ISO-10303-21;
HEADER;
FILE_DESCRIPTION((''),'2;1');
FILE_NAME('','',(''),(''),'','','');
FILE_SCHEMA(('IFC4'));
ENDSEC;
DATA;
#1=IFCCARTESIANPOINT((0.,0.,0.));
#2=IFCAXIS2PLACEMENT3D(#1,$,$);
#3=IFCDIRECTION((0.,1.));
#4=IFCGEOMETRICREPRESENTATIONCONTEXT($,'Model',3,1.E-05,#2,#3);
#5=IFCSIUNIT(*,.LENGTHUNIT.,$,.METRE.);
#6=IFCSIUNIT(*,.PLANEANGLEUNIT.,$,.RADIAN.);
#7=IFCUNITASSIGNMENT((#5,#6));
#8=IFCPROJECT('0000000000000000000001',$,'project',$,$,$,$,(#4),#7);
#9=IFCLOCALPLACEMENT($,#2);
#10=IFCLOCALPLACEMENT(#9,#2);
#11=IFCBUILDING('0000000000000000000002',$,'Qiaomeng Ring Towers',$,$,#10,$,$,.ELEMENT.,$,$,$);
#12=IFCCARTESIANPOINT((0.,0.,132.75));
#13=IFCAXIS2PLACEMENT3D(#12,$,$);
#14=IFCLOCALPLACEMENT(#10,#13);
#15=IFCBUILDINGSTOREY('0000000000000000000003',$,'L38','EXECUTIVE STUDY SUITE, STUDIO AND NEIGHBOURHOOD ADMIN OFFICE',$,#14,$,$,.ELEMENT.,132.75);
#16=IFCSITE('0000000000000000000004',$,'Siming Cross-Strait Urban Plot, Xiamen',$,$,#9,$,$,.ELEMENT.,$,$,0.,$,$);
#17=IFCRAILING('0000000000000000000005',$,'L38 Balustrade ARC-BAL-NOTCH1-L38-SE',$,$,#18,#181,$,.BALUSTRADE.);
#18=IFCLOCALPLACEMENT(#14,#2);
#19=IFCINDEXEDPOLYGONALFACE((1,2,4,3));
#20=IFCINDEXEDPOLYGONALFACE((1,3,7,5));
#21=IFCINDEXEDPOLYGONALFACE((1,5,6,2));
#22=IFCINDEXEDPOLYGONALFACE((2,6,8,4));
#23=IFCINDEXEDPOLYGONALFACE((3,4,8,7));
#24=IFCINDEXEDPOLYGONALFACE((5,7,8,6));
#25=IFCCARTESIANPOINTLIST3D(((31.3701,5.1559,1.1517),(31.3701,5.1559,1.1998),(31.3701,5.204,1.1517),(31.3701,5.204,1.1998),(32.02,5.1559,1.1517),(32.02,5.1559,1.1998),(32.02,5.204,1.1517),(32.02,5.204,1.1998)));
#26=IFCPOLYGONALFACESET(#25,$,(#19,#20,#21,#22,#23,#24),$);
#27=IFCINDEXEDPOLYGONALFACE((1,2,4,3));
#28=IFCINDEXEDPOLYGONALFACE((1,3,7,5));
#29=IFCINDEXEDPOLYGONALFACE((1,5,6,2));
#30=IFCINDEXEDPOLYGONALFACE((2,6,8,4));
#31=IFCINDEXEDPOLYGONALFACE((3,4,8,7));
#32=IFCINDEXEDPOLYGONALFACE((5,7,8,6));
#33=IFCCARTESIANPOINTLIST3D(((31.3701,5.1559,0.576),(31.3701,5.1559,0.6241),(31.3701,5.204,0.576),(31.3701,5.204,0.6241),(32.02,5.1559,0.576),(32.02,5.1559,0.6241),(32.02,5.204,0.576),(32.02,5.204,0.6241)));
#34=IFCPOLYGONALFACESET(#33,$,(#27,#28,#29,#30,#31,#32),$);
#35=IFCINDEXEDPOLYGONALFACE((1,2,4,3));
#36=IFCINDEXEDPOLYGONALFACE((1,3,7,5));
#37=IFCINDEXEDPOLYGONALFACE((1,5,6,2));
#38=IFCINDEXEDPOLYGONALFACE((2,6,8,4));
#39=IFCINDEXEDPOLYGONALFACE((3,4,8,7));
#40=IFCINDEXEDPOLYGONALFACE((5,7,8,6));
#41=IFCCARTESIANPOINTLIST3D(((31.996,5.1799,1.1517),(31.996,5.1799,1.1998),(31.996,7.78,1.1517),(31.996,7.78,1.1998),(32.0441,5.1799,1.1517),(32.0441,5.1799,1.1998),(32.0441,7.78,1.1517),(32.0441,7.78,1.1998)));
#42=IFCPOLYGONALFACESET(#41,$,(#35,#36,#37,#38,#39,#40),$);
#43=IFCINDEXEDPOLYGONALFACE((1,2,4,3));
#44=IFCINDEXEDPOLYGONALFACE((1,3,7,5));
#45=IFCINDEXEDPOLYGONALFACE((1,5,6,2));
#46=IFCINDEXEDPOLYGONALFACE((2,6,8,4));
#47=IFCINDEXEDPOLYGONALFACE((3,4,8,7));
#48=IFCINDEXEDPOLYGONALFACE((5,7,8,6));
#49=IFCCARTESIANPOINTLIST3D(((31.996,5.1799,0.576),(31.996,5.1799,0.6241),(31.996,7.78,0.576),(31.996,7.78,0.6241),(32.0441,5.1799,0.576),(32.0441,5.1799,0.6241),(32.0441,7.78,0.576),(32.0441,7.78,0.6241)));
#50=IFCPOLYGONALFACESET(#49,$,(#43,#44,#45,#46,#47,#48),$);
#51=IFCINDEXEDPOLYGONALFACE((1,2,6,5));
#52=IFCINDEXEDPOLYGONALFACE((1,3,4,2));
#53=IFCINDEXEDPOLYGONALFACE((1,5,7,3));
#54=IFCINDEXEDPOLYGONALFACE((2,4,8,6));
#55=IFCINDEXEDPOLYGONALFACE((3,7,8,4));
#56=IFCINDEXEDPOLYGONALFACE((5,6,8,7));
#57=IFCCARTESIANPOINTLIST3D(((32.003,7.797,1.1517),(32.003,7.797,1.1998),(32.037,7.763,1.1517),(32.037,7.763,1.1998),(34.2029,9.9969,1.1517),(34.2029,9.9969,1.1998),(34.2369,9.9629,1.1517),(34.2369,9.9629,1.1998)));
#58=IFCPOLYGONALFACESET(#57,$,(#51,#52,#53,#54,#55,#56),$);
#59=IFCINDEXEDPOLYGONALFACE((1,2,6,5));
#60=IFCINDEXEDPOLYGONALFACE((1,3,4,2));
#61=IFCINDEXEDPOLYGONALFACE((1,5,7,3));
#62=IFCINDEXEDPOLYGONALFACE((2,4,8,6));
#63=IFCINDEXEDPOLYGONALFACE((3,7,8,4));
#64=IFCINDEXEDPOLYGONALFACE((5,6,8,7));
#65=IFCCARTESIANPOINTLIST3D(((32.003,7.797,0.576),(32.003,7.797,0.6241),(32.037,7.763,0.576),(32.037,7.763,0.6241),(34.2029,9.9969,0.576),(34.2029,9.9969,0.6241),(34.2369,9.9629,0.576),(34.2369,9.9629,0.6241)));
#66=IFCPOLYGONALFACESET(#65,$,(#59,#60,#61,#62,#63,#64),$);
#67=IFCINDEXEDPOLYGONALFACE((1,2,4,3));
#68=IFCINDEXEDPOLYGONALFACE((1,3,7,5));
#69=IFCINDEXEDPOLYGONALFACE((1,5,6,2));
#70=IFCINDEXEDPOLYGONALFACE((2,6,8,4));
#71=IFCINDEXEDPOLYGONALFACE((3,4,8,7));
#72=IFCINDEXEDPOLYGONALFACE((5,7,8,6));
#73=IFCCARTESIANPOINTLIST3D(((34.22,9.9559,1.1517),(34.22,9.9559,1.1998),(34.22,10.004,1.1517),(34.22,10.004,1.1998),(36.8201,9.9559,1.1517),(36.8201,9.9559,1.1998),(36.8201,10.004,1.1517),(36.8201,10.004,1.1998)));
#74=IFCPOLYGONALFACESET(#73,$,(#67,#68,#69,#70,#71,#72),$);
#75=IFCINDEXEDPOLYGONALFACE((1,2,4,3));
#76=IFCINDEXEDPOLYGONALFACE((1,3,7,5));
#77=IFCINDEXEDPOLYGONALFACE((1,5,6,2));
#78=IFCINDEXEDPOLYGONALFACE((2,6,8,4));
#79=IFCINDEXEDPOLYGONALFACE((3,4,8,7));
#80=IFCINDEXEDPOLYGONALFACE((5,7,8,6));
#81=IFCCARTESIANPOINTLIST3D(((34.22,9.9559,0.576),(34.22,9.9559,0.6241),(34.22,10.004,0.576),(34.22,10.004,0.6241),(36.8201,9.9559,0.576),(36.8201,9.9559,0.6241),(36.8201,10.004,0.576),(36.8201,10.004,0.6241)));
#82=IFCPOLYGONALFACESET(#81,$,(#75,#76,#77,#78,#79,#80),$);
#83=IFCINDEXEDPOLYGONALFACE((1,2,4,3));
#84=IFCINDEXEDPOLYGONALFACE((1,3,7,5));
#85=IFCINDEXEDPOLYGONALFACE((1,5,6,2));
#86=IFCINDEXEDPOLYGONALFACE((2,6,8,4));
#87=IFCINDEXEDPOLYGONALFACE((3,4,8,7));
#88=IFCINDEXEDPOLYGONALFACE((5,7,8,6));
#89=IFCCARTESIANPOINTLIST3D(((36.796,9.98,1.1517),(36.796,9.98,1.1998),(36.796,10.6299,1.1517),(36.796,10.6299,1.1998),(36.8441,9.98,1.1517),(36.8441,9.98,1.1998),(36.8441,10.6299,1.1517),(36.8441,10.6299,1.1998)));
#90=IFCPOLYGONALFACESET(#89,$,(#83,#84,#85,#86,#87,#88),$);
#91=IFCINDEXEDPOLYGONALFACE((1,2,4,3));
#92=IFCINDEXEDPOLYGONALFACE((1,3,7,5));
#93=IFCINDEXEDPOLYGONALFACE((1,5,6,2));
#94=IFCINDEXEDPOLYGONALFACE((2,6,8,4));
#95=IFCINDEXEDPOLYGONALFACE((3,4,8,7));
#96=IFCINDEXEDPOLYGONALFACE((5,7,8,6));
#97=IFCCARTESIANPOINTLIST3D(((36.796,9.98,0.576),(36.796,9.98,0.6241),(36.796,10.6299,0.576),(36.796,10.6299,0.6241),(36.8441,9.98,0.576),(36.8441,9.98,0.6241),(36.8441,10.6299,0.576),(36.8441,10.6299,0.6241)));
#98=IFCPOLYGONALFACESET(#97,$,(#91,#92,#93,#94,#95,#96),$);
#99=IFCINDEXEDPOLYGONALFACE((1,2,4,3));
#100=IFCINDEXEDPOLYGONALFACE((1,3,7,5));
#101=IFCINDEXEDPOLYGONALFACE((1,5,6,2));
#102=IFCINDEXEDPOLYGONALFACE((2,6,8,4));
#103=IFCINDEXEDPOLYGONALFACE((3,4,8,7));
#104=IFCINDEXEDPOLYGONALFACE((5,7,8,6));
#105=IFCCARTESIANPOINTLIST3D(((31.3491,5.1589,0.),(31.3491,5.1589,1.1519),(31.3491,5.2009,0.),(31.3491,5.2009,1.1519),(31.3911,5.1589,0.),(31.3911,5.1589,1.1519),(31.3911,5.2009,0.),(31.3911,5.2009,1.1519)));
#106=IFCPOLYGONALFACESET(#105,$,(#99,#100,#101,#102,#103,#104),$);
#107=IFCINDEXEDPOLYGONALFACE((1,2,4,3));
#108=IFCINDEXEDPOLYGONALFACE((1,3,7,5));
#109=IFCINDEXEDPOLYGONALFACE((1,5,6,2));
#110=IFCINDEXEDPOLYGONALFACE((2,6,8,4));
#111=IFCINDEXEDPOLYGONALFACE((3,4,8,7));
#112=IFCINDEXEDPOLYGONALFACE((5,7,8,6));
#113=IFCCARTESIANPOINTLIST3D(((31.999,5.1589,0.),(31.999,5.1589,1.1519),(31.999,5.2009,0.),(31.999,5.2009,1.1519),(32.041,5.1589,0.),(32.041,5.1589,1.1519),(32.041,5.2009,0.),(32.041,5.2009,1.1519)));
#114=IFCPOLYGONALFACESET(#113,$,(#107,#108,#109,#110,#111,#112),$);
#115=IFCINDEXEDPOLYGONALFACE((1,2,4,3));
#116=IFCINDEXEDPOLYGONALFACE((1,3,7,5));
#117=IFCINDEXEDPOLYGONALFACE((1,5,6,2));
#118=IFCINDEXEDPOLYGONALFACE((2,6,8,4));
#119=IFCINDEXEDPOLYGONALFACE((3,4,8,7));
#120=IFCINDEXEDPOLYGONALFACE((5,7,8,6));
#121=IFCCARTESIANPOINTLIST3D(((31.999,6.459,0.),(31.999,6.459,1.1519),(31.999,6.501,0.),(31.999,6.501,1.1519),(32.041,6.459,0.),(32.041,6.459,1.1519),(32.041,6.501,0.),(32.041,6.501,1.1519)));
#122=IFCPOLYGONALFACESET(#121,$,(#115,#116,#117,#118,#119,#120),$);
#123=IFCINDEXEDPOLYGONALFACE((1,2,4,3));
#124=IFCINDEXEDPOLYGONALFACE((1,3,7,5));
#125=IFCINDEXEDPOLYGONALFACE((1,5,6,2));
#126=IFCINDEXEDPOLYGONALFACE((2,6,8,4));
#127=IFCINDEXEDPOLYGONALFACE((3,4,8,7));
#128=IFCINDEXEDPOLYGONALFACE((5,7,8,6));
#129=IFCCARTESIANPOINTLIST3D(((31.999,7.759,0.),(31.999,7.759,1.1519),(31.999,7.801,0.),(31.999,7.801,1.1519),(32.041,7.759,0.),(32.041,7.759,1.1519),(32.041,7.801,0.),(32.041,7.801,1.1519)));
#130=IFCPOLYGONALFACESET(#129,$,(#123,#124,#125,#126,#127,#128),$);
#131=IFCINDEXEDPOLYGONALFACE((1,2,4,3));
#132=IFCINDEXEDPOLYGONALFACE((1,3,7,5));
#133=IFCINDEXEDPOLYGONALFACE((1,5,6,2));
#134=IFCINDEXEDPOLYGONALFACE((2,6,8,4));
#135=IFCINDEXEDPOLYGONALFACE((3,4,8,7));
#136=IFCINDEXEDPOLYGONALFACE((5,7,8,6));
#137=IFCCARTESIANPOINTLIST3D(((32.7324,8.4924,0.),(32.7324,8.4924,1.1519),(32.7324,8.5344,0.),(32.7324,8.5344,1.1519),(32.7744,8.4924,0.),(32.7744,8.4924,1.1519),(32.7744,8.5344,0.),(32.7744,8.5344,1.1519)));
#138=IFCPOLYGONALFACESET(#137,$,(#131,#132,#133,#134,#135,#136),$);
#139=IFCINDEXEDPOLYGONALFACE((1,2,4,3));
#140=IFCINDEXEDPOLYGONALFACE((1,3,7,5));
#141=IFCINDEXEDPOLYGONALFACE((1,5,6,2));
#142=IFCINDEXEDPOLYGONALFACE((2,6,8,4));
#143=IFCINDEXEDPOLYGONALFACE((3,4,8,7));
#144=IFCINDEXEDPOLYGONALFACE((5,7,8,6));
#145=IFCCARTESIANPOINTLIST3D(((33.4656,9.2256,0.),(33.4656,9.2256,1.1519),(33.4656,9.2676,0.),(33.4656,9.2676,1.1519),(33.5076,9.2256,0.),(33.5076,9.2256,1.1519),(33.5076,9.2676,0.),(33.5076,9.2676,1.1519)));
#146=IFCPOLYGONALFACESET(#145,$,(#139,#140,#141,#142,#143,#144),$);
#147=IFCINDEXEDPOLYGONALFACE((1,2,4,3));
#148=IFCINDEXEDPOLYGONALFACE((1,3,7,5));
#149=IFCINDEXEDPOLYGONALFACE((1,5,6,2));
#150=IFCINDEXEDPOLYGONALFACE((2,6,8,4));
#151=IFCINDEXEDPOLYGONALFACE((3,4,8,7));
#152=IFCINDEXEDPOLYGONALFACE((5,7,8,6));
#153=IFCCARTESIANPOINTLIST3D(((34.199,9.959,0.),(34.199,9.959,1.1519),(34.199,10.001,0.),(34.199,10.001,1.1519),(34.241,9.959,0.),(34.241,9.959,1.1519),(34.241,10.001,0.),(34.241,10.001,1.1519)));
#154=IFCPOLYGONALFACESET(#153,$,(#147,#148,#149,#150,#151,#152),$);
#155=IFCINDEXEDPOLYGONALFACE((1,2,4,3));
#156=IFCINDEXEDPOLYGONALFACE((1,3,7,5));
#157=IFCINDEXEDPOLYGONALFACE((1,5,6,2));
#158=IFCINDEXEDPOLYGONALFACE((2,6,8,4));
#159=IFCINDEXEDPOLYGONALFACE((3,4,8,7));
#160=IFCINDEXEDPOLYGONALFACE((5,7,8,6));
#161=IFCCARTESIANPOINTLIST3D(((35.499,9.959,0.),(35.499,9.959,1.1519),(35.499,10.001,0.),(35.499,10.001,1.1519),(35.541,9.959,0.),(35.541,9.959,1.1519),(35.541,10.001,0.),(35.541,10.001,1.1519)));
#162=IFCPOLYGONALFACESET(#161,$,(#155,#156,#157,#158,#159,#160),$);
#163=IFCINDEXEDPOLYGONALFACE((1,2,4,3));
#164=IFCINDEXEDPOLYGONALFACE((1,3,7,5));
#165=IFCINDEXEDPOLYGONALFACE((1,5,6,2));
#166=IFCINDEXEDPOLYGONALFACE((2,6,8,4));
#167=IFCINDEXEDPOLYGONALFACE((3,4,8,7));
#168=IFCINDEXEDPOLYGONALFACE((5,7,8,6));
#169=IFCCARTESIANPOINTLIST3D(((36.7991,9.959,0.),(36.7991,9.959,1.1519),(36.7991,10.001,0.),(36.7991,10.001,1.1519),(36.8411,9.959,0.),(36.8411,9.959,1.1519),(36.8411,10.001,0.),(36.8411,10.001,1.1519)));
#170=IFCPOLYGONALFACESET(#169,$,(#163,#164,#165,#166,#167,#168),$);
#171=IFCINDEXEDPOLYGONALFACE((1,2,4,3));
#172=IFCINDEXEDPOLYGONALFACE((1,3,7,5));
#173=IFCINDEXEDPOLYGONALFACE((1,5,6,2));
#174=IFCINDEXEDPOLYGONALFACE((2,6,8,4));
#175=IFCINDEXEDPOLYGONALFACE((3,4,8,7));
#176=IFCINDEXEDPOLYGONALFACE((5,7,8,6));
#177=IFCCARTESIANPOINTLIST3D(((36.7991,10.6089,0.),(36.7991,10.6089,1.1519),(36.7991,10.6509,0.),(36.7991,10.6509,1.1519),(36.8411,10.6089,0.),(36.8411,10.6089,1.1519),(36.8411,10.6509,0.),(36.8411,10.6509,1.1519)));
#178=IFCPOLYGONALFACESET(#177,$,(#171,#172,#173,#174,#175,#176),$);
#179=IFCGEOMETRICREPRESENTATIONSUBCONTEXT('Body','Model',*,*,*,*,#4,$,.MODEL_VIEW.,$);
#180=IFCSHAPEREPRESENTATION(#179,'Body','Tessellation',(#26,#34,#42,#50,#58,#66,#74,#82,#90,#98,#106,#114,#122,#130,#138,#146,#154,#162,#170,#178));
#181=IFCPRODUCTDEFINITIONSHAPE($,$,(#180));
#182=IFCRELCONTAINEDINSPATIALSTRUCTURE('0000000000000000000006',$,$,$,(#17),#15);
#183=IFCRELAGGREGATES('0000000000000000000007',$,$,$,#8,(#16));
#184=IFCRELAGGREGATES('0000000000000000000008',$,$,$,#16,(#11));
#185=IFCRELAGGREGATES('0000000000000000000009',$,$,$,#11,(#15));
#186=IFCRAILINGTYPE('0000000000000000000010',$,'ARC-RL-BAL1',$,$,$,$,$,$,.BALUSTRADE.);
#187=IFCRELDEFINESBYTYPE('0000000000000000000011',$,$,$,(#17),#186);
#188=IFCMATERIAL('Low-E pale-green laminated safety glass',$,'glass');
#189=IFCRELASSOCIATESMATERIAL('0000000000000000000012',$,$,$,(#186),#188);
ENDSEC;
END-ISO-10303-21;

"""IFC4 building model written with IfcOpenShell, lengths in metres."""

from ifc_helpers import new_model, si_unit, direction, frame, origin, origin_2d, place, context, subcontext, project, spatial, rectangle, extrude, material, type_object, element, save


model = new_model("IFC4")

# Units and contexts
model_context = context("Model", 3, precision=1e-05, world=origin(), true_north=direction((0.0, 1.0)))
body_context = subcontext(model_context, "Body", "Model", "MODEL_VIEW")
ifc_project = project(units=[si_unit("LENGTHUNIT", "METRE"), si_unit("PLANEANGLEUNIT", "RADIAN")], contexts=[model_context])

# Site, building, storey
site_placement = place(None, origin())
site = spatial("IfcSite", under=ifc_project, at=site_placement, Name="Siming Cross-Strait Urban Plot, Xiamen", CompositionType="ELEMENT", RefElevation=0.0)
building_placement = place(site_placement, origin())
building = spatial("IfcBuilding", under=site, at=building_placement, Name="Qiaomeng Ring Towers", CompositionType="ELEMENT")
storey_placement = place(building_placement, frame((0.0, 0.0, 132.75)))
storey = spatial("IfcBuildingStorey", under=building, at=storey_placement, Name="L38", Description="EXECUTIVE STUDY SUITE, STUDIO AND NEIGHBOURHOOD ADMIN OFFICE", CompositionType="ELEMENT", Elevation=132.75)

# Railing
ifc_material_1 = material(Name="Low-E pale-green laminated safety glass", Category="glass")
railing_type = type_object("IfcRailingType", Name="ARC-RL-BAL1", PredefinedType="BALUSTRADE", material=ifc_material_1)
railing_placement = place(storey_placement, frame((31.3701, 5.1799, 0.0)))
element("IfcRailing", 1, at=railing_placement, inside=storey, type_object=railing_type, Name="L38 Balustrade ARC-BAL-NOTCH1-L38-SE", PredefinedType="BALUSTRADE", context=body_context, shape_type="SweptSolid", body=[
    extrude(rectangle(XDim=0.0481, YDim=0.0481, at=origin_2d()), frame((0.0, 0.0, 1.1758), z_axis=(1.0, 0.0, 0.0), x_axis=(0.0, 1.0, 0.0)), (0.0, 0.0, 1.0), 0.6499),
    extrude(rectangle(XDim=0.0481, YDim=0.0481, at=origin_2d()), frame((0.0, 0.0, 0.6001), z_axis=(1.0, 0.0, 0.0), x_axis=(0.0, 1.0, 0.0)), (0.0, 0.0, 1.0), 0.6499),
    extrude(rectangle(XDim=0.0481, YDim=0.0481, at=origin_2d()), frame((0.6499, 0.0, 1.1758), z_axis=(0.0, 1.0, 0.0), x_axis=(-1.0, 0.0, 0.0)), (0.0, 0.0, 1.0), 2.6001),
    extrude(rectangle(XDim=0.0481, YDim=0.0481, at=origin_2d()), frame((0.6499, 0.0, 0.6001), z_axis=(0.0, 1.0, 0.0), x_axis=(-1.0, 0.0, 0.0)), (0.0, 0.0, 1.0), 2.6001),
    extrude(rectangle(XDim=0.0481, YDim=0.0481, at=origin_2d()), frame((0.6499, 2.6001, 1.1758), z_axis=(0.707107, 0.707107, 0.0), x_axis=(-0.707107, 0.707107, 0.0)), (0.0, 0.0, 1.0), 3.1111),
    extrude(rectangle(XDim=0.0481, YDim=0.0481, at=origin_2d()), frame((0.6499, 2.6001, 0.6001), z_axis=(0.707107, 0.707107, 0.0), x_axis=(-0.707107, 0.707107, 0.0)), (0.0, 0.0, 1.0), 3.1111),
    extrude(rectangle(XDim=0.0481, YDim=0.0481, at=origin_2d()), frame((2.8499, 4.8, 1.1758), z_axis=(1.0, 0.0, 0.0), x_axis=(0.0, 1.0, 0.0)), (0.0, 0.0, 1.0), 2.6001),
    extrude(rectangle(XDim=0.0481, YDim=0.0481, at=origin_2d()), frame((2.8499, 4.8, 0.6001), z_axis=(1.0, 0.0, 0.0), x_axis=(0.0, 1.0, 0.0)), (0.0, 0.0, 1.0), 2.6001),
    extrude(rectangle(XDim=0.0481, YDim=0.0481, at=origin_2d()), frame((5.45, 4.8, 1.1758), z_axis=(0.0, 1.0, 0.0), x_axis=(-1.0, 0.0, 0.0)), (0.0, 0.0, 1.0), 0.6499),
    extrude(rectangle(XDim=0.0481, YDim=0.0481, at=origin_2d()), frame((5.45, 4.8, 0.6001), z_axis=(0.0, 1.0, 0.0), x_axis=(-1.0, 0.0, 0.0)), (0.0, 0.0, 1.0), 0.6499),
    extrude(rectangle(XDim=0.042, YDim=0.042, at=origin_2d()), origin(), (0.0, 0.0, 1.0), 1.1519),
    extrude(rectangle(XDim=0.042, YDim=0.042, at=origin_2d()), frame((0.6499, 0.0, 0.0)), (0.0, 0.0, 1.0), 1.1519),
    extrude(rectangle(XDim=0.042, YDim=0.042, at=origin_2d()), frame((0.6499, 1.3, 0.0)), (0.0, 0.0, 1.0), 1.1519),
    extrude(rectangle(XDim=0.042, YDim=0.042, at=origin_2d()), frame((0.6499, 2.6001, 0.0)), (0.0, 0.0, 1.0), 1.1519),
    extrude(rectangle(XDim=0.042, YDim=0.042, at=origin_2d()), frame((1.3833, 3.3335, 0.0)), (0.0, 0.0, 1.0), 1.1519),
    extrude(rectangle(XDim=0.042, YDim=0.042, at=origin_2d()), frame((2.1165, 4.0667, 0.0)), (0.0, 0.0, 1.0), 1.1519),
    extrude(rectangle(XDim=0.042, YDim=0.042, at=origin_2d()), frame((2.8499, 4.8, 0.0)), (0.0, 0.0, 1.0), 1.1519),
    extrude(rectangle(XDim=0.042, YDim=0.042, at=origin_2d()), frame((4.1499, 4.8, 0.0)), (0.0, 0.0, 1.0), 1.1519),
    extrude(rectangle(XDim=0.042, YDim=0.042, at=origin_2d()), frame((5.45, 4.8, 0.0)), (0.0, 0.0, 1.0), 1.1519),
    extrude(rectangle(XDim=0.042, YDim=0.042, at=origin_2d()), frame((5.45, 5.45, 0.0)), (0.0, 0.0, 1.0), 1.1519),
])

save(model, "model.ifc")
